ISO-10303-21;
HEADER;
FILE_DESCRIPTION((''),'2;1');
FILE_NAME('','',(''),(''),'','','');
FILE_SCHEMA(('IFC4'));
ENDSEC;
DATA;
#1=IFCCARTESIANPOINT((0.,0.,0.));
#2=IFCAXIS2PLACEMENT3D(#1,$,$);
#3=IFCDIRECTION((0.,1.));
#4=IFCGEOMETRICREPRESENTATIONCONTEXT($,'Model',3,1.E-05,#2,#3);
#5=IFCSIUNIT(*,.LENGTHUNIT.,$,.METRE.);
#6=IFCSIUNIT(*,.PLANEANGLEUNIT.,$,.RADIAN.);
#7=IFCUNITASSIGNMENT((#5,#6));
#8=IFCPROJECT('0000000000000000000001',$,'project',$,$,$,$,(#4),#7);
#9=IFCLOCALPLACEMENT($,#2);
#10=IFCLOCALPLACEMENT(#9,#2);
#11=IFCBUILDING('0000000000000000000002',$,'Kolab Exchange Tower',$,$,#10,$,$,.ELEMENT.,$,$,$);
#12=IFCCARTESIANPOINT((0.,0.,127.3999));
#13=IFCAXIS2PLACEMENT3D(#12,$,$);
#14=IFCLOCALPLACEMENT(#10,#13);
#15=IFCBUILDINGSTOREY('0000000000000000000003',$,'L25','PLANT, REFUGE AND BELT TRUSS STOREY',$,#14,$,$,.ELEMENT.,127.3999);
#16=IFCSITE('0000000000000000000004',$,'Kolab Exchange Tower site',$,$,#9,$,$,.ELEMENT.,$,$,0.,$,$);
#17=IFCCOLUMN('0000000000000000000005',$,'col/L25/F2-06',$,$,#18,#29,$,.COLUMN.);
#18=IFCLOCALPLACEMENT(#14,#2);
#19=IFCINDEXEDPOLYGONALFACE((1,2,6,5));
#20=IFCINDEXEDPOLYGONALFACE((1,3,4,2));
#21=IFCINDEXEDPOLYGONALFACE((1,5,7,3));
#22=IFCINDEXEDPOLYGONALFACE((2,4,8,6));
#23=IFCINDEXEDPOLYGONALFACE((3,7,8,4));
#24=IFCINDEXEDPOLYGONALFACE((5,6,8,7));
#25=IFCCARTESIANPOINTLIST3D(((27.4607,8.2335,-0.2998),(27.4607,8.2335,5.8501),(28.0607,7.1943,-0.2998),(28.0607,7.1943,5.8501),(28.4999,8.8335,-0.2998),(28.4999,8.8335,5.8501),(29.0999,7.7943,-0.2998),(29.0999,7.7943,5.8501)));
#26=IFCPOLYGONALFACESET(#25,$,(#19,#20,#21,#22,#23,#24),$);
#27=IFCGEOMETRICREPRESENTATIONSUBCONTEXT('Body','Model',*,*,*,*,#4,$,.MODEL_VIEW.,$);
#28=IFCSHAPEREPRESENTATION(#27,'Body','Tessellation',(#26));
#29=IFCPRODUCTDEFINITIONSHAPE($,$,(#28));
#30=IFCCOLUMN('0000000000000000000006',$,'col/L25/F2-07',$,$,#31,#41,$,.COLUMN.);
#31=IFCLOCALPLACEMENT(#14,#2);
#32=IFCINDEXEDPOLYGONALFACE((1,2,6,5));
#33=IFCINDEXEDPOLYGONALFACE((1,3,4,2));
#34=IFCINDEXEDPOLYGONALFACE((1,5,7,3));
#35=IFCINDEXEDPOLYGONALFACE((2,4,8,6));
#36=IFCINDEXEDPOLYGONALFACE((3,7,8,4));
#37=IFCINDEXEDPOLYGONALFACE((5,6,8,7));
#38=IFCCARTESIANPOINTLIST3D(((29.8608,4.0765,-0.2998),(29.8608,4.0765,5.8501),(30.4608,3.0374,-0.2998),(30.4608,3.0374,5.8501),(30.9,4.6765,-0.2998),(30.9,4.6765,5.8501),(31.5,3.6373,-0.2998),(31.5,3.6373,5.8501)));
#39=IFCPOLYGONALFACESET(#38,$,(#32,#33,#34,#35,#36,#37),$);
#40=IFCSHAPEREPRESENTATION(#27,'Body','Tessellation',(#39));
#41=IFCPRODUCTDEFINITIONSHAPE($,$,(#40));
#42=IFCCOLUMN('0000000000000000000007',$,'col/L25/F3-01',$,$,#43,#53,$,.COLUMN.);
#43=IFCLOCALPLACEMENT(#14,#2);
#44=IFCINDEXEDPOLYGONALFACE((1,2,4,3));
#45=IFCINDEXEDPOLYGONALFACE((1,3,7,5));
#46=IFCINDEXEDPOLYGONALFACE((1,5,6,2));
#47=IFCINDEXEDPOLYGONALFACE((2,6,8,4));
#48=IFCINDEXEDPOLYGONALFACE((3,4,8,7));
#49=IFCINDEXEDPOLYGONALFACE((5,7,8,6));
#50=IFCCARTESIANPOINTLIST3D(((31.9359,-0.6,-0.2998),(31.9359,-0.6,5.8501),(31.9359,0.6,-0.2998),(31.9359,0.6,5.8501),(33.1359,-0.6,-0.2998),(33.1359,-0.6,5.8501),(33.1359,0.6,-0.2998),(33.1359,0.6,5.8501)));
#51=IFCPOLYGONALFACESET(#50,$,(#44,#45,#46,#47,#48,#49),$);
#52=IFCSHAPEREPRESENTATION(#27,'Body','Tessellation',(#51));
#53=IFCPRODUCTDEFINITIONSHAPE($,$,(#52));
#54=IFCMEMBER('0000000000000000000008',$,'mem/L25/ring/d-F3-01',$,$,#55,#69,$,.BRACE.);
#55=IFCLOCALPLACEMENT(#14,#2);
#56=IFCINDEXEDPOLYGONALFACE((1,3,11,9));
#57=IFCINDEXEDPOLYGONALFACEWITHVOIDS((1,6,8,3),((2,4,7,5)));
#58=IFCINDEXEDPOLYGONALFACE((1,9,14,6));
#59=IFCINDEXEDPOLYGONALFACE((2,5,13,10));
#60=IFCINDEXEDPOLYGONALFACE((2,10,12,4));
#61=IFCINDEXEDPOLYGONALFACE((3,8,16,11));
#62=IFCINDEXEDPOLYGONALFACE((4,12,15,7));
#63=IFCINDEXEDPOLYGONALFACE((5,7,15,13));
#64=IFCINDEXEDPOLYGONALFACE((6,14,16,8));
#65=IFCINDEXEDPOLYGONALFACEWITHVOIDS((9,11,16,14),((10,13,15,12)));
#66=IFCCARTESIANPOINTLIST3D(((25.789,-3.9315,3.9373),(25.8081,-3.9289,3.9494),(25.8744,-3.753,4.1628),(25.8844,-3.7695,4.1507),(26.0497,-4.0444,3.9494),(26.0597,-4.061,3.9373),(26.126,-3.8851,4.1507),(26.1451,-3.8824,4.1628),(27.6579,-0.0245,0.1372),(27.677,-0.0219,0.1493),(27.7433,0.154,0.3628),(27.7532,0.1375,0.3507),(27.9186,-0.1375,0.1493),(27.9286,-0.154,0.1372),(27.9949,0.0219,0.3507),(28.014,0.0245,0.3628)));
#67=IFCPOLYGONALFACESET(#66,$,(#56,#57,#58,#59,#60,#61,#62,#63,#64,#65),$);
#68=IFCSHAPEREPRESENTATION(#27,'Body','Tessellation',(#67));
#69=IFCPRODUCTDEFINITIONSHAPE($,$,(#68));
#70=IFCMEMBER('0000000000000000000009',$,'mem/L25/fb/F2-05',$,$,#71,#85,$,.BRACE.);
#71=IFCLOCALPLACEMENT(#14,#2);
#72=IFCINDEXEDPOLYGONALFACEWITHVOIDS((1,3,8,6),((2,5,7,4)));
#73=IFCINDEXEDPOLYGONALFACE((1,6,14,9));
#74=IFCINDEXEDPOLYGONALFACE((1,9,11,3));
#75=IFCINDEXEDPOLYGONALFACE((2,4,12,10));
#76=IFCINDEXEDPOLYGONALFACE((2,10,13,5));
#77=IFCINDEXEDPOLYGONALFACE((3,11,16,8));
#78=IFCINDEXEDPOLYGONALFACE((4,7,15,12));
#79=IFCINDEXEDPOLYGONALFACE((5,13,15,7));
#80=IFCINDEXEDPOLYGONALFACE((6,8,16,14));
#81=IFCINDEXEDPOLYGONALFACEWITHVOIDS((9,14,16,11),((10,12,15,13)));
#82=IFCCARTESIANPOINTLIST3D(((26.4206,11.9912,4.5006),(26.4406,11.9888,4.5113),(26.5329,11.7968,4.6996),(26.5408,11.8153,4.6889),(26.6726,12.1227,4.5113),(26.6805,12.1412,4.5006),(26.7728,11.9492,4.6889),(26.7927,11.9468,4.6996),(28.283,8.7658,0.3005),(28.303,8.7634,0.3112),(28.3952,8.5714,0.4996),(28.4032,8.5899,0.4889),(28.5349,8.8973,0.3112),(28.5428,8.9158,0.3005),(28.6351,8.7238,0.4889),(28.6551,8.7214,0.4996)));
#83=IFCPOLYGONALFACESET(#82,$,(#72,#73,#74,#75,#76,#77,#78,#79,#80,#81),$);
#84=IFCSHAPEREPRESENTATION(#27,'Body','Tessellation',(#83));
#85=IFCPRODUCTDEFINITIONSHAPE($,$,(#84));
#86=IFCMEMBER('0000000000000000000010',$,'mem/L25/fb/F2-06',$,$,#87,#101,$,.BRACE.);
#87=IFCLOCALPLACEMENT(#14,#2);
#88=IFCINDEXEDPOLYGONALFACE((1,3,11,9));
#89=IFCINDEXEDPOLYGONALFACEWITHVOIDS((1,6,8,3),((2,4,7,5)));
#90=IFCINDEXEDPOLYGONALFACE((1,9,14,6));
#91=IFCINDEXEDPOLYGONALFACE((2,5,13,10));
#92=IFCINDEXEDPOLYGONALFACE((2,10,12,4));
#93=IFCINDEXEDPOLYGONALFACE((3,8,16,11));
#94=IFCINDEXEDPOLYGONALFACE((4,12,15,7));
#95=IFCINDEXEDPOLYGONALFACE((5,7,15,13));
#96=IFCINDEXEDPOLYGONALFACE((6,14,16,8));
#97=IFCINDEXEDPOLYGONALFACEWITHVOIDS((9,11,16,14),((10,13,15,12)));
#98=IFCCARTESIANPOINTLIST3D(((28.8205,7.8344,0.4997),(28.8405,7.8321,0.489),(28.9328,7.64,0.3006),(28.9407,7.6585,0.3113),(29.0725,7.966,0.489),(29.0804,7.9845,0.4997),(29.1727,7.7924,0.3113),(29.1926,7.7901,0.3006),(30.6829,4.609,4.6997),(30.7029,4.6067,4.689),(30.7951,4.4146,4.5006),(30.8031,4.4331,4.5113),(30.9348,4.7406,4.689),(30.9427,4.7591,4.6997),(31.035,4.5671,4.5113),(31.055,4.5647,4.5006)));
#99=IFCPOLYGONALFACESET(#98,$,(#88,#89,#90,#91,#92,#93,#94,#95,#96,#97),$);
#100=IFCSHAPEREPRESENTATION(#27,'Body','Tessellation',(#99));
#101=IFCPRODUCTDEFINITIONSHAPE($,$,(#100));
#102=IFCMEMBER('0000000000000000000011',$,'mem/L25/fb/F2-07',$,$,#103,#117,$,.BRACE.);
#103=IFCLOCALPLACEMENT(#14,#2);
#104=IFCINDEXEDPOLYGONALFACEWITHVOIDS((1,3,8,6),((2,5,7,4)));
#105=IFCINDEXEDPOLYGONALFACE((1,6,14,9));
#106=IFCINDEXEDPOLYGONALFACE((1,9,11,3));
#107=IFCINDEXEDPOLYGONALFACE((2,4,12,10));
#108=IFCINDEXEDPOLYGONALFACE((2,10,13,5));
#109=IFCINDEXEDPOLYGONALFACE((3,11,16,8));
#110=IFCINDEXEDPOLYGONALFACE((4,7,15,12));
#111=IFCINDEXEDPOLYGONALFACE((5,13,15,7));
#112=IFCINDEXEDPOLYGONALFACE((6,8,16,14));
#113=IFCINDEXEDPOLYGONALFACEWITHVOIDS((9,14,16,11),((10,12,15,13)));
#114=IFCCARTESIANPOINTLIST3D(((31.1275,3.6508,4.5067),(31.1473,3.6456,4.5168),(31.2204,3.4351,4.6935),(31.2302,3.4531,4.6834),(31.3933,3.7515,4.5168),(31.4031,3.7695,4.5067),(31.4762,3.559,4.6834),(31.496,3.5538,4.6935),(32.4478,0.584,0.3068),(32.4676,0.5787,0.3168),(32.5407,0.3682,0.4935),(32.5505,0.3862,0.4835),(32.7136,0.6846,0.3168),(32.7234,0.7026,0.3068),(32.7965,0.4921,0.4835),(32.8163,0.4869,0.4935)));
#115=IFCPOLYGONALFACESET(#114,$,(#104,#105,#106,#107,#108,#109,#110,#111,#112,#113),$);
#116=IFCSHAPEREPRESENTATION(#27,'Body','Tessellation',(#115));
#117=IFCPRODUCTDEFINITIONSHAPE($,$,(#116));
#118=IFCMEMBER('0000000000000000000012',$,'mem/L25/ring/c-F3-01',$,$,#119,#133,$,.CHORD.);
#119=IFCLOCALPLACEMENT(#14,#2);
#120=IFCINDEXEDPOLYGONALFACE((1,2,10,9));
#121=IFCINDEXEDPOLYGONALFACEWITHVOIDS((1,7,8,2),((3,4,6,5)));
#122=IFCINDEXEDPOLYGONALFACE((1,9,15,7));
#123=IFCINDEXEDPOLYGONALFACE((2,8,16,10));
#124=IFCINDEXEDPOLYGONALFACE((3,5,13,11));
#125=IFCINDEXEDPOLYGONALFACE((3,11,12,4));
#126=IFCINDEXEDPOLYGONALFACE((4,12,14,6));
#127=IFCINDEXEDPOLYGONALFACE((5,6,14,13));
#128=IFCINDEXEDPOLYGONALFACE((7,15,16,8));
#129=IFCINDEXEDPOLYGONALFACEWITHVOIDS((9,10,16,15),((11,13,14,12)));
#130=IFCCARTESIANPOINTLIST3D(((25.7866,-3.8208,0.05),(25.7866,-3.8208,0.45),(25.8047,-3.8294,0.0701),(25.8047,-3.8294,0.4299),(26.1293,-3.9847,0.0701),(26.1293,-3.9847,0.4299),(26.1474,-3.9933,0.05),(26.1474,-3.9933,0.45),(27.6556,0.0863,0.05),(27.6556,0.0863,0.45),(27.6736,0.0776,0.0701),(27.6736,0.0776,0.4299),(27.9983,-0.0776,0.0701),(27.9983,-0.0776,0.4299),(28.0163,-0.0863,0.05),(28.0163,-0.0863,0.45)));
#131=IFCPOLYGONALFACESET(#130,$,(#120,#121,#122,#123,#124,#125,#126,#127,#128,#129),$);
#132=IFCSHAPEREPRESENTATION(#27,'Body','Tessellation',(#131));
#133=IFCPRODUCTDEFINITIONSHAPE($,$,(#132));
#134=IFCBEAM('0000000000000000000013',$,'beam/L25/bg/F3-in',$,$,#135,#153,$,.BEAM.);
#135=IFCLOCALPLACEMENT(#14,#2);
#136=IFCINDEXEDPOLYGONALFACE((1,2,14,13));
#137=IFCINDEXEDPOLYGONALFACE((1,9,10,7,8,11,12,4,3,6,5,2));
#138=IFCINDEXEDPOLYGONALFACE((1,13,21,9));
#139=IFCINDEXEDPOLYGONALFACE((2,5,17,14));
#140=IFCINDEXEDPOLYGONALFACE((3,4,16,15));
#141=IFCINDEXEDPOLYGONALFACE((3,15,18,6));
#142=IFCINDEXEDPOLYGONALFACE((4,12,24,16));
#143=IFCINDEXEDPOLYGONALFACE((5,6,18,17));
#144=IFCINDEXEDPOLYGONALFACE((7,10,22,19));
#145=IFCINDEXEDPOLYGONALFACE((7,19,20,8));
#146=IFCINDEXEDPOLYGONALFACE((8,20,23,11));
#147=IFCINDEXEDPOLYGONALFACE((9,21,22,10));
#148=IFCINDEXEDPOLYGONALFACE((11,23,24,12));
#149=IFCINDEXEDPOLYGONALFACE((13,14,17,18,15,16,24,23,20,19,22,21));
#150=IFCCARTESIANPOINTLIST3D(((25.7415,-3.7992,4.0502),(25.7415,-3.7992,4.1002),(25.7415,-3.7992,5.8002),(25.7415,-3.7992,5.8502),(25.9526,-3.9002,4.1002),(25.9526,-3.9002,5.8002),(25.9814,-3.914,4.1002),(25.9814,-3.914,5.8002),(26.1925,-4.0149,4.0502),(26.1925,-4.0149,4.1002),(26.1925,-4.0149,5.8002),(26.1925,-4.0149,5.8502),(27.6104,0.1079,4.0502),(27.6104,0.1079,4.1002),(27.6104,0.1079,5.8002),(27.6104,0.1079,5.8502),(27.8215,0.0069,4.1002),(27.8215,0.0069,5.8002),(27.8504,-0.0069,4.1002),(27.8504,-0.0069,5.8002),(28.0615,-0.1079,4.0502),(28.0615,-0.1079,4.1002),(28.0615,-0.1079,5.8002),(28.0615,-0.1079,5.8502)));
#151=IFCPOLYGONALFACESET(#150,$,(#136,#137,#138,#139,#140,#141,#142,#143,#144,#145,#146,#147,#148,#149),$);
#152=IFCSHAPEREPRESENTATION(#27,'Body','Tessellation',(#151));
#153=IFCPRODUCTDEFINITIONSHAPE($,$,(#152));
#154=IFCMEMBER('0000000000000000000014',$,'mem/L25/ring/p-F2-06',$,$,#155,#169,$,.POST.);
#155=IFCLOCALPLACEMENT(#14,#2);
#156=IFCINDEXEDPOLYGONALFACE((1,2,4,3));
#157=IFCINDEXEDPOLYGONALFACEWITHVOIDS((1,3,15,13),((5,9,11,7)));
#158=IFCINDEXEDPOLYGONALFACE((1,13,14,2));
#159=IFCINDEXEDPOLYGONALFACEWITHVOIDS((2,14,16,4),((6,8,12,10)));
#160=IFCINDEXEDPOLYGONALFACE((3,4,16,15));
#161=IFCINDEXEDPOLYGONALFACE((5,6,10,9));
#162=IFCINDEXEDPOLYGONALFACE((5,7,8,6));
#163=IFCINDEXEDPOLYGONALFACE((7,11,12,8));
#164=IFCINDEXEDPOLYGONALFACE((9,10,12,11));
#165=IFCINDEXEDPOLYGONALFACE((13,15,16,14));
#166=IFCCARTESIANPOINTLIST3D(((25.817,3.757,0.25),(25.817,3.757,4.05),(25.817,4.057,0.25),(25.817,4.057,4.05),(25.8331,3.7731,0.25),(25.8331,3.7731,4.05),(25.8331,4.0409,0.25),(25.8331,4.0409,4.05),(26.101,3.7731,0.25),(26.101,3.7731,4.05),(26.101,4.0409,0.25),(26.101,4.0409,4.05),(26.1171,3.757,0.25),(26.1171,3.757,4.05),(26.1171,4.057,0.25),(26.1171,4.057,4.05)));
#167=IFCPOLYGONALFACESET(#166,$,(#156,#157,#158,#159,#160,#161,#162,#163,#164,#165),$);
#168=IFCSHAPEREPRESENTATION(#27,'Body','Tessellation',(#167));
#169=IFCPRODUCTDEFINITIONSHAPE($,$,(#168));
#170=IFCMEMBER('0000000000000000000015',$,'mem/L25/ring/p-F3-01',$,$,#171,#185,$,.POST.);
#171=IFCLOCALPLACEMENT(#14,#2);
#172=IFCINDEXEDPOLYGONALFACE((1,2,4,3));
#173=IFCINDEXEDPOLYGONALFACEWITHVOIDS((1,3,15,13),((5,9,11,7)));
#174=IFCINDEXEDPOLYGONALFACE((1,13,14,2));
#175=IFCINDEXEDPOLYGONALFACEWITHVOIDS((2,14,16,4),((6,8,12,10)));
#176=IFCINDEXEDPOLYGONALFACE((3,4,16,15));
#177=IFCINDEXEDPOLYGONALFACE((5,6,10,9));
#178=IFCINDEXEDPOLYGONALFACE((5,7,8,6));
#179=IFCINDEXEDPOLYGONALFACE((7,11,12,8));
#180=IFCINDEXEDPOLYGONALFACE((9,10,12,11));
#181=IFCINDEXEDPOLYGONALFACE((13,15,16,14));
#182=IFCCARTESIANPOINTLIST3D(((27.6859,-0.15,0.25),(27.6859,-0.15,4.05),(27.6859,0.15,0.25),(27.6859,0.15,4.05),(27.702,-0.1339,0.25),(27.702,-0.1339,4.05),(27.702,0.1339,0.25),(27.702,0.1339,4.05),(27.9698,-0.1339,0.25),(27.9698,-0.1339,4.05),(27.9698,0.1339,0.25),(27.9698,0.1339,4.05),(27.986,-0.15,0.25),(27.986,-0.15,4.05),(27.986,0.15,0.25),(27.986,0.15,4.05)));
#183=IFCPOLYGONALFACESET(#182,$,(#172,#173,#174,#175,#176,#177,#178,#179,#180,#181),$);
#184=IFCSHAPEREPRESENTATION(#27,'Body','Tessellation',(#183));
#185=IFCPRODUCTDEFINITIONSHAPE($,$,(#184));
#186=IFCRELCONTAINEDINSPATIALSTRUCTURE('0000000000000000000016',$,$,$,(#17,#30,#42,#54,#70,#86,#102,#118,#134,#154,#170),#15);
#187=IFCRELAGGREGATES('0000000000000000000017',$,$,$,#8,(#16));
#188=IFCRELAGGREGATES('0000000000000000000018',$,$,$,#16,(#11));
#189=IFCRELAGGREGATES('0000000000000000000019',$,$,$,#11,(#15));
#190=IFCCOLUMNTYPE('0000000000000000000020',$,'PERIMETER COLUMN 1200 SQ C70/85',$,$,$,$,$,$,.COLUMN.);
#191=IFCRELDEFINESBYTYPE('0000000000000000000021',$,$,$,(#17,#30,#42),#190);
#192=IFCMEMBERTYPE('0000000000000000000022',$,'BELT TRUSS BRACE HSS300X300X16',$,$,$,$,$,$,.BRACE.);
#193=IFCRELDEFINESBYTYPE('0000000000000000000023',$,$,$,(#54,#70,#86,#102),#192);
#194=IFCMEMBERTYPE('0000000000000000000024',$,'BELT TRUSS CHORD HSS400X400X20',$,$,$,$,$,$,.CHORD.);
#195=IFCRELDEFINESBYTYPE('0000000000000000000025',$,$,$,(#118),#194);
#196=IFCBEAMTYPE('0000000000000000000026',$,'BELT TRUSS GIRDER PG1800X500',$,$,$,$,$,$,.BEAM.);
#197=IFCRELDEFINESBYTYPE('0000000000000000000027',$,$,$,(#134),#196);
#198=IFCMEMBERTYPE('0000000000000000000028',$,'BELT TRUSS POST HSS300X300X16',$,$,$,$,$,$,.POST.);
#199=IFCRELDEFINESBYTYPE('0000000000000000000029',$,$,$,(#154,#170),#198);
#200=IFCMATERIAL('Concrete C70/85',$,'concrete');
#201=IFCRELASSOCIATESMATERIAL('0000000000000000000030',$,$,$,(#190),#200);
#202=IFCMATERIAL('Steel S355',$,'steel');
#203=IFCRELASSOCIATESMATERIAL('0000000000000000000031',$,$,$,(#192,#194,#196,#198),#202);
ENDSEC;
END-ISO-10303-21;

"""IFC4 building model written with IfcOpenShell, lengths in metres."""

from ifc_helpers import new_model, si_unit, direction, frame, origin, origin_2d, place, context, subcontext, project, spatial, rectangle, hollow_rectangle, i_section, extrude, material, material_profile, profile_set, type_object, element, save


model = new_model("IFC4")

# Units and contexts
model_context = context("Model", 3, precision=1e-05, world=origin(), true_north=direction((0.0, 1.0)))
body_context = subcontext(model_context, "Body", "Model", "MODEL_VIEW")
ifc_project = project(units=[si_unit("LENGTHUNIT", "METRE"), si_unit("PLANEANGLEUNIT", "RADIAN")], contexts=[model_context])

# Site, building, storey
site_placement = place(None, origin())
site = spatial("IfcSite", under=ifc_project, at=site_placement, Name="Kolab Exchange Tower site", CompositionType="ELEMENT", RefElevation=0.0)
building_placement = place(site_placement, origin())
building = spatial("IfcBuilding", under=site, at=building_placement, Name="Kolab Exchange Tower", CompositionType="ELEMENT")
storey_placement = place(building_placement, frame((0.0, 0.0, 127.3999)))
storey = spatial("IfcBuildingStorey", under=building, at=storey_placement, Name="L25", Description="PLANT, REFUGE AND BELT TRUSS STOREY", CompositionType="ELEMENT", Elevation=127.3999)

# Columns
ifc_material_1 = material(Name="Concrete C70/85", Category="concrete")
ifc_material_profile_1 = material_profile(ifc_material_1, rectangle(XDim=1.2, YDim=1.2, at=origin_2d()), Name="RC1200")
ifc_profile_set_1 = profile_set([ifc_material_profile_1], Name="Concrete C70/85")
column_type = type_object("IfcColumnType", Name="PERIMETER COLUMN 1200 SQ C70/85", PredefinedType="COLUMN", material=ifc_profile_set_1)
for number, where, z_axis, x_axis, name in (
    (1, (28.2803, 8.0139, -0.2998), (0.0, 0.0, 1.0), (0.866025, 0.5, 0.0), "col/L25/F2-06"),
    (2, (30.6804, 3.8569, -0.2998), (0.0, 0.0, 1.0), (0.866025, 0.5, 0.0), "col/L25/F2-07"),
    (3, (32.5359, 0.0, -0.2998), (0.0, 0.0, 1.0), (1.0, 0.0, 0.0), "col/L25/F3-01"),
):
    element("IfcColumn", number, at=place(storey_placement, frame(where, z_axis=z_axis, x_axis=x_axis)), inside=storey, type_object=column_type, Name=name, PredefinedType="COLUMN", context=body_context, shape_type="SweptSolid", body=[
        extrude(rectangle(XDim=1.2, YDim=1.2, at=origin_2d()), origin(), (0.0, 0.0, 1.0), 6.1499),
    ])

# Members
ifc_material_2 = material(Name="Steel S355", Category="steel")
ifc_material_profile_2 = material_profile(ifc_material_2, hollow_rectangle(XDim=0.3, YDim=0.3, WallThickness=0.0161, at=origin_2d()), Name="HSS300X300X16")
ifc_profile_set_2 = profile_set([ifc_material_profile_2], Name="Steel S355")
member_type_1 = type_object("IfcMemberType", Name="BELT TRUSS BRACE HSS300X300X16", PredefinedType="BRACE", material=ifc_profile_set_2)
member_1_placement = place(storey_placement, frame((27.8359, 0.0, 0.25), z_axis=(-0.324363, -0.678091, 0.659531), x_axis=(0.902104, -0.431519, 0.0)))
element("IfcMember", 4, at=member_1_placement, inside=storey, type_object=member_type_1, Name="mem/L25/ring/d-F3-01", PredefinedType="BRACE", context=body_context, shape_type="SweptSolid", body=[
    extrude(hollow_rectangle(XDim=0.3, YDim=0.3, WallThickness=0.0161, at=origin_2d()), origin(), (0.0, 0.0, 1.0), 5.7617),
])
for number, where, z_axis, x_axis, name in (
    (5, (26.6067, 11.969, 4.6001), (0.331759, -0.574576, -0.748197), (0.866008, 0.500031, 0.0), "mem/L25/fb/F2-05"),
    (6, (29.0066, 7.8123, 0.4001), (0.331759, -0.574576, 0.748197), (0.866008, 0.500031, 0.0), "mem/L25/fb/F2-06"),
):
    element("IfcMember", number, at=place(storey_placement, frame(where, z_axis=z_axis, x_axis=x_axis)), inside=storey, type_object=member_type_1, Name=name, PredefinedType="BRACE", context=body_context, shape_type="SweptSolid", body=[
        extrude(hollow_rectangle(XDim=0.3, YDim=0.3, WallThickness=0.0161, at=origin_2d()), origin(), (0.0, 0.0, 1.0), 5.6135),
    ])
member_2_placement = place(storey_placement, frame((31.3118, 3.6023, 4.6001), z_axis=(0.246074, -0.571595, -0.782769), x_axis=(0.918501, 0.395419, 0.0)))
element("IfcMember", 7, at=member_2_placement, inside=storey, type_object=member_type_1, Name="mem/L25/fb/F2-07", PredefinedType="BRACE", context=body_context, shape_type="SweptSolid", body=[
    extrude(hollow_rectangle(XDim=0.3, YDim=0.3, WallThickness=0.0161, at=origin_2d()), origin(), (0.0, 0.0, 1.0), 5.3655),
])
ifc_material_profile_3 = material_profile(ifc_material_2, hollow_rectangle(XDim=0.3999, YDim=0.3999, WallThickness=0.02, at=origin_2d()), Name="HSS400X400X20")
ifc_profile_set_3 = profile_set([ifc_material_profile_3], Name="Steel S355")
member_type_2 = type_object("IfcMemberType", Name="BELT TRUSS CHORD HSS400X400X20", PredefinedType="CHORD", material=ifc_profile_set_3)
member_3_placement = place(storey_placement, frame((27.8359, 0.0, 0.25), z_axis=(-0.431519, -0.902104, 0.0), x_axis=(0.902104, -0.431519, 0.0)))
element("IfcMember", 8, at=member_3_placement, inside=storey, type_object=member_type_2, Name="mem/L25/ring/c-F3-01", PredefinedType="CHORD", context=body_context, shape_type="SweptSolid", body=[
    extrude(hollow_rectangle(XDim=0.3999, YDim=0.3999, WallThickness=0.02, at=origin_2d()), origin(), (0.0, 0.0, 1.0), 4.3311),
])

# Beam
ifc_material_profile_4 = material_profile(ifc_material_2, i_section(OverallWidth=0.5, OverallDepth=1.8, WebThickness=0.032, FlangeThickness=0.05, at=origin_2d()), Name="PG1800X500")
ifc_profile_set_4 = profile_set([ifc_material_profile_4], Name="Steel S355")
beam_type_1 = type_object("IfcBeamType", Name="BELT TRUSS GIRDER PG1800X500", PredefinedType="BEAM", material=ifc_profile_set_4)
beam_1_placement = place(storey_placement, frame((27.8359, 0.0, 4.9502), z_axis=(-0.431519, -0.902104, 0.0), x_axis=(0.902104, -0.431519, 0.0)))
element("IfcBeam", 9, at=beam_1_placement, inside=storey, type_object=beam_type_1, Name="beam/L25/bg/F3-in", PredefinedType="BEAM", context=body_context, shape_type="SweptSolid", body=[
    extrude(i_section(OverallWidth=0.5, OverallDepth=1.8, WebThickness=0.032, FlangeThickness=0.05, at=origin_2d()), origin(), (0.0, 0.0, 1.0), 4.3311),
])

# Members
ifc_material_profile_5 = material_profile(ifc_material_2, hollow_rectangle(XDim=0.3, YDim=0.3, WallThickness=0.0161, at=origin_2d()), Name="HSS300X300X16")
ifc_profile_set_5 = profile_set([ifc_material_profile_5], Name="Steel S355")
member_type_3 = type_object("IfcMemberType", Name="BELT TRUSS POST HSS300X300X16", PredefinedType="POST", material=ifc_profile_set_5)
for number, where, z_axis, x_axis, name in (
    (10, (25.967, 3.907, 0.25), (0.0, 0.0, 1.0), (1.0, 0.0, 0.0), "mem/L25/ring/p-F2-06"),
    (11, (27.8359, 0.0, 0.25), (0.0, 0.0, 1.0), (1.0, 0.0, 0.0), "mem/L25/ring/p-F3-01"),
):
    element("IfcMember", number, at=place(storey_placement, frame(where, z_axis=z_axis, x_axis=x_axis)), inside=storey, type_object=member_type_3, Name=name, PredefinedType="POST", context=body_context, shape_type="SweptSolid", body=[
        extrude(hollow_rectangle(XDim=0.3, YDim=0.3, WallThickness=0.0161, at=origin_2d()), origin(), (0.0, 0.0, 1.0), 3.8),
    ])

save(model, "model.ifc")
